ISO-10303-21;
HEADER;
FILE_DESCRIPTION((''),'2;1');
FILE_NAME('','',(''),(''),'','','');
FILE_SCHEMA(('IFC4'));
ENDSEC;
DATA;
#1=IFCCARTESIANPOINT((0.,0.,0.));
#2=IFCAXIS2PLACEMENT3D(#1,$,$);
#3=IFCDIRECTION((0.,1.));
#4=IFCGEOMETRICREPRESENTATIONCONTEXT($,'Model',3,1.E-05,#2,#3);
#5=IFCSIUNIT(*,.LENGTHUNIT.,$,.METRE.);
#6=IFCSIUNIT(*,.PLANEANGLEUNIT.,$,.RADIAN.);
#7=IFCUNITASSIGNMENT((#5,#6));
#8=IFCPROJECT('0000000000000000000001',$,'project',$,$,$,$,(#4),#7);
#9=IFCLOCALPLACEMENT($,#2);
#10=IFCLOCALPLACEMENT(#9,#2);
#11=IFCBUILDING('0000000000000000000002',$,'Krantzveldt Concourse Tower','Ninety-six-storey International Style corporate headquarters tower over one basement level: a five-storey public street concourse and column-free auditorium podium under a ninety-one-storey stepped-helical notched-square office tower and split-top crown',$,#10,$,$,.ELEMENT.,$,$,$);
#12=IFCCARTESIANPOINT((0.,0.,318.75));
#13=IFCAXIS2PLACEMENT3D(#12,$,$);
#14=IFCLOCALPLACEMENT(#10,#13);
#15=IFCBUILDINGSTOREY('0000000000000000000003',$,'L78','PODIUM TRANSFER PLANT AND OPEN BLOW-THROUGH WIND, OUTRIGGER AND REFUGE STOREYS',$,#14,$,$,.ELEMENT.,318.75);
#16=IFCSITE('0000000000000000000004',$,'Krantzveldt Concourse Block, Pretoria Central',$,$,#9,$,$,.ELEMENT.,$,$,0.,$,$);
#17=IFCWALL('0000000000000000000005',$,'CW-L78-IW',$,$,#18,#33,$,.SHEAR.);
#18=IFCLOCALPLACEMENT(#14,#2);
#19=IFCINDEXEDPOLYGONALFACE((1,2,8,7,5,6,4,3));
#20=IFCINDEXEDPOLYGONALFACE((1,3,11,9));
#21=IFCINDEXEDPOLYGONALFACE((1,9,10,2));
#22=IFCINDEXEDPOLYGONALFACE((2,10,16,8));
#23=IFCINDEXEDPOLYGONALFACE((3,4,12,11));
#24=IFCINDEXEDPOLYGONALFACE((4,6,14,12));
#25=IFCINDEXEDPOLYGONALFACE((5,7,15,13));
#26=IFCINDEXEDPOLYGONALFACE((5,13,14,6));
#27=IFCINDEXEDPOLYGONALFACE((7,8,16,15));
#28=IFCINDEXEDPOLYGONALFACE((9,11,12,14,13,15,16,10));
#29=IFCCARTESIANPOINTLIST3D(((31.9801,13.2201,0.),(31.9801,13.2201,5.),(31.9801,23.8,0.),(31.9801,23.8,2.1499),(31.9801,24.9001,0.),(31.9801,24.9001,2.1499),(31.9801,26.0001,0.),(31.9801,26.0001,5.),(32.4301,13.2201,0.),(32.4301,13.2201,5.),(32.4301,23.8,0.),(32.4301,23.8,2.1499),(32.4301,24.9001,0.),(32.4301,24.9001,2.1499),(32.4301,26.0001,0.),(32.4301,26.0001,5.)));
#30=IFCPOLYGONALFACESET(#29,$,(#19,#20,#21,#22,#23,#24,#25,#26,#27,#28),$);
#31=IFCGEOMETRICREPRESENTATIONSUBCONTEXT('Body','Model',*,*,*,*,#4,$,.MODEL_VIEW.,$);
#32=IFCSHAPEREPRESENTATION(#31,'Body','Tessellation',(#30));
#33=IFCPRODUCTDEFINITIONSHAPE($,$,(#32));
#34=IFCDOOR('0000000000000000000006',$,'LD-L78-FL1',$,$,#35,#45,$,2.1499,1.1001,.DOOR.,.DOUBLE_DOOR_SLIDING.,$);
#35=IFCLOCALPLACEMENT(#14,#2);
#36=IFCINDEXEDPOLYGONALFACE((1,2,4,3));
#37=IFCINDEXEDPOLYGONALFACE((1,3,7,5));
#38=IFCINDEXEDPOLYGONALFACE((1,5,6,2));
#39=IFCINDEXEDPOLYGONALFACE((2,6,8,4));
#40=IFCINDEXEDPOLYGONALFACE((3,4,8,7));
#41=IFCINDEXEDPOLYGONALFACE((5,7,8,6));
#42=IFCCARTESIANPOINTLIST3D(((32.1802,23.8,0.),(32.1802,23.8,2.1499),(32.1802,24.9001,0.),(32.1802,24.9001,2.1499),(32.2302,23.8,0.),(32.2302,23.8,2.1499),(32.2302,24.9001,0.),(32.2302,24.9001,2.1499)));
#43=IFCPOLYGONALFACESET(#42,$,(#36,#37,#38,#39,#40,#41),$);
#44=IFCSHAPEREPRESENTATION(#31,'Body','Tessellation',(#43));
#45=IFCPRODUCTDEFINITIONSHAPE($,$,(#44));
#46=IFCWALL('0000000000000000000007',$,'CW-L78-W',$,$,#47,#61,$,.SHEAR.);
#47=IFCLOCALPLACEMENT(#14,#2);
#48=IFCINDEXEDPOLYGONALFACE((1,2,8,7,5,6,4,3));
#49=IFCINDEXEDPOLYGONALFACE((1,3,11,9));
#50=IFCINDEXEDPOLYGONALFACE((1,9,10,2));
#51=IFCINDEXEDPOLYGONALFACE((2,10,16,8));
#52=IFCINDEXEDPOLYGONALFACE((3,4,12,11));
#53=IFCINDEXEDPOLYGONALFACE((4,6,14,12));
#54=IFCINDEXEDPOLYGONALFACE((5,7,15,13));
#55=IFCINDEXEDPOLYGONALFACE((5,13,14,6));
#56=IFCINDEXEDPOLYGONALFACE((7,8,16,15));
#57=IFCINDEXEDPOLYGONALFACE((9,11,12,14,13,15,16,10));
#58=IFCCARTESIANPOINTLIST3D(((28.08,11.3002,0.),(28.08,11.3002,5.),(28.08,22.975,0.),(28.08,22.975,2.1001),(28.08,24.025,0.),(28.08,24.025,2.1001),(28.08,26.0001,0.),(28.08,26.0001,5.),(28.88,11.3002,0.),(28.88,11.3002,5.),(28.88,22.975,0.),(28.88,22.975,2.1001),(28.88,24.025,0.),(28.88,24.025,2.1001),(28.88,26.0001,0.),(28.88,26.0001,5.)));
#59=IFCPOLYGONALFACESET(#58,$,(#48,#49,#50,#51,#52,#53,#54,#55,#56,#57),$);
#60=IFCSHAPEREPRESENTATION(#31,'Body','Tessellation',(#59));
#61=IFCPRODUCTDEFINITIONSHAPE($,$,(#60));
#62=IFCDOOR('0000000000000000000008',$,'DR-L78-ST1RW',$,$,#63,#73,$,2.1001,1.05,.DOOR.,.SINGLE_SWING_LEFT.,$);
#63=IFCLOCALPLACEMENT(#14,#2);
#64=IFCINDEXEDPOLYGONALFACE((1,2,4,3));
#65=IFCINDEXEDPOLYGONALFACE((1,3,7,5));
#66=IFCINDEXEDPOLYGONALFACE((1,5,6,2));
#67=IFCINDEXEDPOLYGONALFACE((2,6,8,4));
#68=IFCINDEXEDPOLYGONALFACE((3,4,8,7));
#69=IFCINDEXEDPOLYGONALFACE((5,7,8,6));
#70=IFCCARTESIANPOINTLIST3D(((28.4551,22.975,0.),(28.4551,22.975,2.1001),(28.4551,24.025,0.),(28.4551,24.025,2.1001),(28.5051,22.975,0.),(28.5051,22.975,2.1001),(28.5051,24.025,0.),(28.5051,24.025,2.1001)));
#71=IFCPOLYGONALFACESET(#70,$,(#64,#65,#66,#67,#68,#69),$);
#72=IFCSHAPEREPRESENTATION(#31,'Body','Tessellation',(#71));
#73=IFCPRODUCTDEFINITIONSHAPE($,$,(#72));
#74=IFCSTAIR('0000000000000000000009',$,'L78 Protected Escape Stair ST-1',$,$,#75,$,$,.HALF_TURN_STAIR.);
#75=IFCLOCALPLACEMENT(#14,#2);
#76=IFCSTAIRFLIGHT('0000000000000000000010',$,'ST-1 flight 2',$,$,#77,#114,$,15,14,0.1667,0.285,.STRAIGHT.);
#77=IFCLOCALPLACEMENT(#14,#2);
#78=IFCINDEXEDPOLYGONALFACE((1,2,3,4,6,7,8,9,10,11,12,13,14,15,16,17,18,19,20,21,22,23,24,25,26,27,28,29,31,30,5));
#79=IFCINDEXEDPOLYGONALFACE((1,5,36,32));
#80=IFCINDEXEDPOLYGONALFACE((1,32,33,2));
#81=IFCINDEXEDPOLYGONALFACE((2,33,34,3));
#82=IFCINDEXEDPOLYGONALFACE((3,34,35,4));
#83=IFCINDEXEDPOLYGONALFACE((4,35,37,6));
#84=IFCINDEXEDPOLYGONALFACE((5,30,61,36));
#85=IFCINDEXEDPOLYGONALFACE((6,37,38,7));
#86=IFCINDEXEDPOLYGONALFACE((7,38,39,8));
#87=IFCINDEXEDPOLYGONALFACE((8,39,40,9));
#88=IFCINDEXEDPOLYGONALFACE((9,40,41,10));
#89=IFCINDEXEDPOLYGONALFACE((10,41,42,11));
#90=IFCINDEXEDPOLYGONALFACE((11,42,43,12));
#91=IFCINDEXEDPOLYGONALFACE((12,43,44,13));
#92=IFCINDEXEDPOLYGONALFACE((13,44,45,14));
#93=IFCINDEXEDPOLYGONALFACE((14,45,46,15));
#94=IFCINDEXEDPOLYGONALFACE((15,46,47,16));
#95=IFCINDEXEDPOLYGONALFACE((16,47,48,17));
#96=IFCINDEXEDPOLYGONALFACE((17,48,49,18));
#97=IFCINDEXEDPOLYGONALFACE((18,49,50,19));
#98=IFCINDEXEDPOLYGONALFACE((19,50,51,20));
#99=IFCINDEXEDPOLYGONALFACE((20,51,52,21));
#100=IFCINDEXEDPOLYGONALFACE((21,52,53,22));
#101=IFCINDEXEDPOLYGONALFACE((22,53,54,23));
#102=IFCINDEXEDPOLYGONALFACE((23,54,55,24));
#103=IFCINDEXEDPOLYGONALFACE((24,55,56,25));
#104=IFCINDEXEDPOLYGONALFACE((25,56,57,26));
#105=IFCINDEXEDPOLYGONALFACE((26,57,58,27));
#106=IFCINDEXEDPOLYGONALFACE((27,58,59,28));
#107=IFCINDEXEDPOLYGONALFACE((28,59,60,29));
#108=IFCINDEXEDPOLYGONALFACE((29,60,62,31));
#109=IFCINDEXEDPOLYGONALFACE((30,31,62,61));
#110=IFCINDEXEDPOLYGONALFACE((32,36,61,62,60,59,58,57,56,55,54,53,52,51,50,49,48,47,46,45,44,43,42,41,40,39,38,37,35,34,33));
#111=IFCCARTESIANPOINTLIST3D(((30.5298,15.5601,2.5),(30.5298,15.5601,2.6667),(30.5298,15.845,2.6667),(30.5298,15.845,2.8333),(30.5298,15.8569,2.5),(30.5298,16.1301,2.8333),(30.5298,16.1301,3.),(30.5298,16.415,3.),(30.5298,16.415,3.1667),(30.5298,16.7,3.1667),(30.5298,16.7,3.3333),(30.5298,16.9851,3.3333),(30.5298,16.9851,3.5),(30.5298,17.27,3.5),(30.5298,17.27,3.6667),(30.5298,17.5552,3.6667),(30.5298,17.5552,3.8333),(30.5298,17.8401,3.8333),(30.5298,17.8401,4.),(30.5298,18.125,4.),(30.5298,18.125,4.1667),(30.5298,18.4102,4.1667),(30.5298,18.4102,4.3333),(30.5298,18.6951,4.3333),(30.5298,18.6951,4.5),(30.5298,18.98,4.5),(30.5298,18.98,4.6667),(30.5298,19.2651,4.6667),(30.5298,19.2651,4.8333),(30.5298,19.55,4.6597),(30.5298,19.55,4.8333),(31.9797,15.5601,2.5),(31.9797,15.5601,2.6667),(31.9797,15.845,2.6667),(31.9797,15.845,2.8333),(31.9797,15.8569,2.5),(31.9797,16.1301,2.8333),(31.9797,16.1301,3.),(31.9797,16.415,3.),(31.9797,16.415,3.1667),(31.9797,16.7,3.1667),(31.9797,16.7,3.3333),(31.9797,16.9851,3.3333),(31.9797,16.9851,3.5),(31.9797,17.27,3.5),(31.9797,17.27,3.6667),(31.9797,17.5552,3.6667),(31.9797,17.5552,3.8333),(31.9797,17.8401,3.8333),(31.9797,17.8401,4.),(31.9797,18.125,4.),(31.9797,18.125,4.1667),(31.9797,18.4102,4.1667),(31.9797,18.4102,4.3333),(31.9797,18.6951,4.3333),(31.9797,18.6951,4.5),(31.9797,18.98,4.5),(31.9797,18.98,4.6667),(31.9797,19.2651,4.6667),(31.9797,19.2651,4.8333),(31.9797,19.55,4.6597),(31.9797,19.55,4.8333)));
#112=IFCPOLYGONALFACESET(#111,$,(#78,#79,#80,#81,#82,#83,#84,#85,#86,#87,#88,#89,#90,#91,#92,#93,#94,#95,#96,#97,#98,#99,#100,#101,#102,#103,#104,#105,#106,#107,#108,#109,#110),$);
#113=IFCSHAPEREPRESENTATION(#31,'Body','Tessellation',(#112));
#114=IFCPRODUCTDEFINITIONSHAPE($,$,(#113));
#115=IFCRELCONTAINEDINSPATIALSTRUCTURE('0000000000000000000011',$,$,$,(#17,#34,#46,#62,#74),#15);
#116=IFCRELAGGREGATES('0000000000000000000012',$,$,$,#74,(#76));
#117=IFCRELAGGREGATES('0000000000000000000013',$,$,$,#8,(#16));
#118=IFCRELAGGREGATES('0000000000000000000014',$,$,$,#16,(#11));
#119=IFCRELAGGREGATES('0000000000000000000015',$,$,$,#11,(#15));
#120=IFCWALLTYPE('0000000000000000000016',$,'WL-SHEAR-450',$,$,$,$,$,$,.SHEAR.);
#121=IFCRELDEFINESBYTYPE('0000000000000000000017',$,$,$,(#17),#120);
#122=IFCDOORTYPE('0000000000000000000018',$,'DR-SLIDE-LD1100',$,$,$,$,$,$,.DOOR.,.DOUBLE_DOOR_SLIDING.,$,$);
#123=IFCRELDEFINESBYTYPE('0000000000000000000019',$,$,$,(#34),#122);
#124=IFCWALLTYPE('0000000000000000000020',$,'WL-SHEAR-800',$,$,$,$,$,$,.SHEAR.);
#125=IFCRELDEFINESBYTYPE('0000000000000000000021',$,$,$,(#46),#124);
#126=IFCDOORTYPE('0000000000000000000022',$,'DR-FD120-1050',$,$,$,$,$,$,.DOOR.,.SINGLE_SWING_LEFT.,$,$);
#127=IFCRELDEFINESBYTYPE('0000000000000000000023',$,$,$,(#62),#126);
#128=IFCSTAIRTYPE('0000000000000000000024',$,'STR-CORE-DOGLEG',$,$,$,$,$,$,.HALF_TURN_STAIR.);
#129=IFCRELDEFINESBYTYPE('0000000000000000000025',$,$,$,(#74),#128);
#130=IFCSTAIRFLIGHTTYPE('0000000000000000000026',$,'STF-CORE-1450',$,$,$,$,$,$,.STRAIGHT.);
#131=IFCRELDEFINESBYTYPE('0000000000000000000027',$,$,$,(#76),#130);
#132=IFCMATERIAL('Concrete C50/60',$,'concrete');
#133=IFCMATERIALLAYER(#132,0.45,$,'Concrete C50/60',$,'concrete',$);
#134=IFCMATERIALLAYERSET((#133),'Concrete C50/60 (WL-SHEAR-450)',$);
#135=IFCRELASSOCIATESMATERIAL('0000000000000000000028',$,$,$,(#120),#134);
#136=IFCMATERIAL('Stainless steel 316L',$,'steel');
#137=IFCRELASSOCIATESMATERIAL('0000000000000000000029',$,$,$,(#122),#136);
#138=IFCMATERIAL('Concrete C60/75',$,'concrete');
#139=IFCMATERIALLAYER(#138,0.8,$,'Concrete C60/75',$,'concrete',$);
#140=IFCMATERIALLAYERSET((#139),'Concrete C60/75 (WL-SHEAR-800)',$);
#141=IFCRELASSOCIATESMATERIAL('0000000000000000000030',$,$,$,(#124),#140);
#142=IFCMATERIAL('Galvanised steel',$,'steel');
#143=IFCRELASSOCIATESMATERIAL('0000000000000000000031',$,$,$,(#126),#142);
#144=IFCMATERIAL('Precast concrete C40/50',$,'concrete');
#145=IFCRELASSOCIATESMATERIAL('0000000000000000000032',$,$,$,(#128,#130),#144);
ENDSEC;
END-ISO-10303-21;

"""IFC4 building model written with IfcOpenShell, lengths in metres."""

from ifc_helpers import new_model, si_unit, direction, frame, frame_2d, origin, place, context, subcontext, project, spatial, polyline, rectangle, outline, extrude, material, layer, layer_set, type_object, element, fill, aggregate, save


model = new_model("IFC4")

# Units and contexts
model_context = context("Model", 3, precision=1e-05, world=origin(), true_north=direction((0.0, 1.0)))
body_context = subcontext(model_context, "Body", "Model", "MODEL_VIEW")
ifc_project = project(units=[si_unit("LENGTHUNIT", "METRE"), si_unit("PLANEANGLEUNIT", "RADIAN")], contexts=[model_context])

# Site, building, storey
site_placement = place(None, origin())
site = spatial("IfcSite", under=ifc_project, at=site_placement, Name="Krantzveldt Concourse Block, Pretoria Central", CompositionType="ELEMENT", RefElevation=0.0)
building_placement = place(site_placement, origin())
building = spatial("IfcBuilding", under=site, at=building_placement, Name="Krantzveldt Concourse Tower", Description="Ninety-six-storey International Style corporate headquarters tower over one basement level: a five-storey public street concourse and column-free auditorium podium under a ninety-one-storey stepped-helical notched-square office tower and split-top crown", CompositionType="ELEMENT")
storey_placement = place(building_placement, frame((0.0, 0.0, 318.75)))
storey = spatial("IfcBuildingStorey", under=building, at=storey_placement, Name="L78", Description="PODIUM TRANSFER PLANT AND OPEN BLOW-THROUGH WIND, OUTRIGGER AND REFUGE STOREYS", CompositionType="ELEMENT", Elevation=318.75)

# Shared definitions
ifc_material_1 = material(Name="Concrete C50/60", Category="concrete")

# Walls, openings, doors
ifc_layer_1 = layer(ifc_material_1, 0.45, Name="Concrete C50/60", Category="concrete")
ifc_layer_set_1 = layer_set([ifc_layer_1], Name="Concrete C50/60 (WL-SHEAR-450)")
wall_type_1 = type_object("IfcWallType", Name="WL-SHEAR-450", PredefinedType="SHEAR", material=ifc_layer_set_1)
wall_1_placement = place(storey_placement, frame((32.2051, 13.22, 0.0), z_axis=(0.0, 0.0, 1.0), x_axis=(0.0, 1.0, 0.0)))
wall_1 = element("IfcWall", 1, at=wall_1_placement, inside=storey, type_object=wall_type_1, Name="CW-L78-IW", PredefinedType="SHEAR", context=body_context, shape_type="SweptSolid", body=[
    extrude(rectangle(XDim=12.78, YDim=0.45, at=frame_2d((6.3901, 0.0))), origin(), (0.0, 0.0, 1.0), 5.0),
])
opening_1_placement = place(wall_1_placement, frame((10.5801, 0.0, 0.0)))
opening_1 = element("IfcOpeningElement", 2, at=opening_1_placement, cuts=wall_1, PredefinedType="OPENING", context=body_context, shape_type="SweptSolid", body=[
    extrude(rectangle(XDim=1.1001, YDim=2.1499, at=frame_2d((0.55, 1.075))), frame((0.0, 0.2349, 0.0), z_axis=(0.0, -1.0, 0.0), x_axis=(1.0, 0.0, 0.0)), (0.0, 0.0, 1.0), 0.47),
])
ifc_material_2 = material(Name="Stainless steel 316L", Category="steel")
door_type_1 = type_object("IfcDoorType", Name="DR-SLIDE-LD1100", OperationType="DOUBLE_DOOR_SLIDING", PredefinedType="DOOR", material=ifc_material_2)
door_1_placement = place(opening_1_placement, origin())
door_1 = element("IfcDoor", 3, at=door_1_placement, inside=storey, type_object=door_type_1, Name="LD-L78-FL1", OperationType="DOUBLE_DOOR_SLIDING", OverallHeight=2.1499, OverallWidth=1.1001, PredefinedType="DOOR", context=body_context, shape_type="SweptSolid", body=[
    extrude(rectangle(XDim=1.1001, YDim=2.1499, at=frame_2d((0.55, 1.075))), frame((0.0, 0.0249, 0.0), z_axis=(0.0, -1.0, 0.0), x_axis=(1.0, 0.0, 0.0)), (0.0, 0.0, 1.0), 0.05),
])
fill(opening_1, door_1)
ifc_material_3 = material(Name="Concrete C60/75", Category="concrete")
ifc_layer_2 = layer(ifc_material_3, 0.8, Name="Concrete C60/75", Category="concrete")
ifc_layer_set_2 = layer_set([ifc_layer_2], Name="Concrete C60/75 (WL-SHEAR-800)")
wall_type_2 = type_object("IfcWallType", Name="WL-SHEAR-800", PredefinedType="SHEAR", material=ifc_layer_set_2)
wall_2_placement = place(storey_placement, frame((28.48, 11.3, 0.0), z_axis=(0.0, 0.0, 1.0), x_axis=(0.0, 1.0, 0.0)))
wall_2 = element("IfcWall", 4, at=wall_2_placement, inside=storey, type_object=wall_type_2, Name="CW-L78-W", PredefinedType="SHEAR", context=body_context, shape_type="SweptSolid", body=[
    extrude(rectangle(XDim=14.7, YDim=0.8, at=frame_2d((7.3501, 0.0))), origin(), (0.0, 0.0, 1.0), 5.0),
])
opening_2_placement = place(wall_2_placement, frame((11.675, 0.0, 0.0)))
opening_2 = element("IfcOpeningElement", 5, at=opening_2_placement, cuts=wall_2, PredefinedType="OPENING", context=body_context, shape_type="SweptSolid", body=[
    extrude(rectangle(XDim=1.05, YDim=2.1001, at=frame_2d((0.5249, 1.05))), frame((0.0, 0.4102, 0.0), z_axis=(0.0, -1.0, 0.0), x_axis=(1.0, 0.0, 0.0)), (0.0, 0.0, 1.0), 0.8201),
])
ifc_material_4 = material(Name="Galvanised steel", Category="steel")
door_type_2 = type_object("IfcDoorType", Name="DR-FD120-1050", OperationType="SINGLE_SWING_LEFT", PredefinedType="DOOR", material=ifc_material_4)
door_2_placement = place(opening_2_placement, origin())
door_2 = element("IfcDoor", 6, at=door_2_placement, inside=storey, type_object=door_type_2, Name="DR-L78-ST1RW", OperationType="SINGLE_SWING_LEFT", OverallHeight=2.1001, OverallWidth=1.05, PredefinedType="DOOR", context=body_context, shape_type="SweptSolid", body=[
    extrude(rectangle(XDim=1.05, YDim=2.1001, at=frame_2d((0.5249, 1.05))), frame((0.0, 0.0249, 0.0), z_axis=(0.0, -1.0, 0.0), x_axis=(1.0, 0.0, 0.0)), (0.0, 0.0, 1.0), 0.05),
])
fill(opening_2, door_2)

# Stair, stair flight
ifc_material_5 = material(Name="Precast concrete C40/50", Category="concrete")
stair_type = type_object("IfcStairType", Name="STR-CORE-DOGLEG", PredefinedType="HALF_TURN_STAIR", material=ifc_material_5)
stair_placement = place(storey_placement, origin())
stair = element("IfcStair", 7, at=stair_placement, inside=storey, type_object=stair_type, Name="L78 Protected Escape Stair ST-1", PredefinedType="HALF_TURN_STAIR")
stair_flight_type = type_object("IfcStairFlightType", Name="STF-CORE-1450", PredefinedType="STRAIGHT", material=ifc_material_5)
stair_flight_placement = place(storey_placement, frame((31.2549, 15.5601, 2.5), z_axis=(0.0, 0.0, 1.0), x_axis=(0.0, 1.0, 0.0)))
stair_flight = element("IfcStairFlight", 8, at=stair_flight_placement, type_object=stair_flight_type, Name="ST-1 flight 2", NumberOfRisers=15, NumberOfTreads=14, PredefinedType="STRAIGHT", RiserHeight=0.1667, TreadLength=0.285, context=body_context, shape_type="SweptSolid", body=[
    extrude(outline(polyline([(0.0, 0.0), (0.0, 0.1667), (0.2849, 0.1667), (0.2849, 0.3333), (0.5701, 0.3333), (0.5701, 0.5), (0.855, 0.5), (0.855, 0.6667), (1.1399, 0.6667), (1.1399, 0.8333), (1.425, 0.8333), (1.425, 1.0), (1.71, 1.0), (1.71, 1.1667), (1.9951, 1.1667), (1.9951, 1.3333), (2.28, 1.3333), (2.28, 1.5), (2.5649, 1.5), (2.5649, 1.6667), (2.8501, 1.6667), (2.8501, 1.8333), (3.135, 1.8333), (3.135, 2.0), (3.4199, 2.0), (3.4199, 2.1667), (3.7051, 2.1667), (3.7051, 2.3333), (3.99, 2.3333), (3.99, 2.5), (3.99, 2.1597), (0.2969, 0.0), (0.0, 0.0)])), frame((0.0, 0.7251, 0.0), z_axis=(0.0, -1.0, 0.0), x_axis=(1.0, 0.0, 0.0)), (0.0, 0.0, 1.0), 1.45),
])
aggregate(stair, [stair_flight])

save(model, "model.ifc")
